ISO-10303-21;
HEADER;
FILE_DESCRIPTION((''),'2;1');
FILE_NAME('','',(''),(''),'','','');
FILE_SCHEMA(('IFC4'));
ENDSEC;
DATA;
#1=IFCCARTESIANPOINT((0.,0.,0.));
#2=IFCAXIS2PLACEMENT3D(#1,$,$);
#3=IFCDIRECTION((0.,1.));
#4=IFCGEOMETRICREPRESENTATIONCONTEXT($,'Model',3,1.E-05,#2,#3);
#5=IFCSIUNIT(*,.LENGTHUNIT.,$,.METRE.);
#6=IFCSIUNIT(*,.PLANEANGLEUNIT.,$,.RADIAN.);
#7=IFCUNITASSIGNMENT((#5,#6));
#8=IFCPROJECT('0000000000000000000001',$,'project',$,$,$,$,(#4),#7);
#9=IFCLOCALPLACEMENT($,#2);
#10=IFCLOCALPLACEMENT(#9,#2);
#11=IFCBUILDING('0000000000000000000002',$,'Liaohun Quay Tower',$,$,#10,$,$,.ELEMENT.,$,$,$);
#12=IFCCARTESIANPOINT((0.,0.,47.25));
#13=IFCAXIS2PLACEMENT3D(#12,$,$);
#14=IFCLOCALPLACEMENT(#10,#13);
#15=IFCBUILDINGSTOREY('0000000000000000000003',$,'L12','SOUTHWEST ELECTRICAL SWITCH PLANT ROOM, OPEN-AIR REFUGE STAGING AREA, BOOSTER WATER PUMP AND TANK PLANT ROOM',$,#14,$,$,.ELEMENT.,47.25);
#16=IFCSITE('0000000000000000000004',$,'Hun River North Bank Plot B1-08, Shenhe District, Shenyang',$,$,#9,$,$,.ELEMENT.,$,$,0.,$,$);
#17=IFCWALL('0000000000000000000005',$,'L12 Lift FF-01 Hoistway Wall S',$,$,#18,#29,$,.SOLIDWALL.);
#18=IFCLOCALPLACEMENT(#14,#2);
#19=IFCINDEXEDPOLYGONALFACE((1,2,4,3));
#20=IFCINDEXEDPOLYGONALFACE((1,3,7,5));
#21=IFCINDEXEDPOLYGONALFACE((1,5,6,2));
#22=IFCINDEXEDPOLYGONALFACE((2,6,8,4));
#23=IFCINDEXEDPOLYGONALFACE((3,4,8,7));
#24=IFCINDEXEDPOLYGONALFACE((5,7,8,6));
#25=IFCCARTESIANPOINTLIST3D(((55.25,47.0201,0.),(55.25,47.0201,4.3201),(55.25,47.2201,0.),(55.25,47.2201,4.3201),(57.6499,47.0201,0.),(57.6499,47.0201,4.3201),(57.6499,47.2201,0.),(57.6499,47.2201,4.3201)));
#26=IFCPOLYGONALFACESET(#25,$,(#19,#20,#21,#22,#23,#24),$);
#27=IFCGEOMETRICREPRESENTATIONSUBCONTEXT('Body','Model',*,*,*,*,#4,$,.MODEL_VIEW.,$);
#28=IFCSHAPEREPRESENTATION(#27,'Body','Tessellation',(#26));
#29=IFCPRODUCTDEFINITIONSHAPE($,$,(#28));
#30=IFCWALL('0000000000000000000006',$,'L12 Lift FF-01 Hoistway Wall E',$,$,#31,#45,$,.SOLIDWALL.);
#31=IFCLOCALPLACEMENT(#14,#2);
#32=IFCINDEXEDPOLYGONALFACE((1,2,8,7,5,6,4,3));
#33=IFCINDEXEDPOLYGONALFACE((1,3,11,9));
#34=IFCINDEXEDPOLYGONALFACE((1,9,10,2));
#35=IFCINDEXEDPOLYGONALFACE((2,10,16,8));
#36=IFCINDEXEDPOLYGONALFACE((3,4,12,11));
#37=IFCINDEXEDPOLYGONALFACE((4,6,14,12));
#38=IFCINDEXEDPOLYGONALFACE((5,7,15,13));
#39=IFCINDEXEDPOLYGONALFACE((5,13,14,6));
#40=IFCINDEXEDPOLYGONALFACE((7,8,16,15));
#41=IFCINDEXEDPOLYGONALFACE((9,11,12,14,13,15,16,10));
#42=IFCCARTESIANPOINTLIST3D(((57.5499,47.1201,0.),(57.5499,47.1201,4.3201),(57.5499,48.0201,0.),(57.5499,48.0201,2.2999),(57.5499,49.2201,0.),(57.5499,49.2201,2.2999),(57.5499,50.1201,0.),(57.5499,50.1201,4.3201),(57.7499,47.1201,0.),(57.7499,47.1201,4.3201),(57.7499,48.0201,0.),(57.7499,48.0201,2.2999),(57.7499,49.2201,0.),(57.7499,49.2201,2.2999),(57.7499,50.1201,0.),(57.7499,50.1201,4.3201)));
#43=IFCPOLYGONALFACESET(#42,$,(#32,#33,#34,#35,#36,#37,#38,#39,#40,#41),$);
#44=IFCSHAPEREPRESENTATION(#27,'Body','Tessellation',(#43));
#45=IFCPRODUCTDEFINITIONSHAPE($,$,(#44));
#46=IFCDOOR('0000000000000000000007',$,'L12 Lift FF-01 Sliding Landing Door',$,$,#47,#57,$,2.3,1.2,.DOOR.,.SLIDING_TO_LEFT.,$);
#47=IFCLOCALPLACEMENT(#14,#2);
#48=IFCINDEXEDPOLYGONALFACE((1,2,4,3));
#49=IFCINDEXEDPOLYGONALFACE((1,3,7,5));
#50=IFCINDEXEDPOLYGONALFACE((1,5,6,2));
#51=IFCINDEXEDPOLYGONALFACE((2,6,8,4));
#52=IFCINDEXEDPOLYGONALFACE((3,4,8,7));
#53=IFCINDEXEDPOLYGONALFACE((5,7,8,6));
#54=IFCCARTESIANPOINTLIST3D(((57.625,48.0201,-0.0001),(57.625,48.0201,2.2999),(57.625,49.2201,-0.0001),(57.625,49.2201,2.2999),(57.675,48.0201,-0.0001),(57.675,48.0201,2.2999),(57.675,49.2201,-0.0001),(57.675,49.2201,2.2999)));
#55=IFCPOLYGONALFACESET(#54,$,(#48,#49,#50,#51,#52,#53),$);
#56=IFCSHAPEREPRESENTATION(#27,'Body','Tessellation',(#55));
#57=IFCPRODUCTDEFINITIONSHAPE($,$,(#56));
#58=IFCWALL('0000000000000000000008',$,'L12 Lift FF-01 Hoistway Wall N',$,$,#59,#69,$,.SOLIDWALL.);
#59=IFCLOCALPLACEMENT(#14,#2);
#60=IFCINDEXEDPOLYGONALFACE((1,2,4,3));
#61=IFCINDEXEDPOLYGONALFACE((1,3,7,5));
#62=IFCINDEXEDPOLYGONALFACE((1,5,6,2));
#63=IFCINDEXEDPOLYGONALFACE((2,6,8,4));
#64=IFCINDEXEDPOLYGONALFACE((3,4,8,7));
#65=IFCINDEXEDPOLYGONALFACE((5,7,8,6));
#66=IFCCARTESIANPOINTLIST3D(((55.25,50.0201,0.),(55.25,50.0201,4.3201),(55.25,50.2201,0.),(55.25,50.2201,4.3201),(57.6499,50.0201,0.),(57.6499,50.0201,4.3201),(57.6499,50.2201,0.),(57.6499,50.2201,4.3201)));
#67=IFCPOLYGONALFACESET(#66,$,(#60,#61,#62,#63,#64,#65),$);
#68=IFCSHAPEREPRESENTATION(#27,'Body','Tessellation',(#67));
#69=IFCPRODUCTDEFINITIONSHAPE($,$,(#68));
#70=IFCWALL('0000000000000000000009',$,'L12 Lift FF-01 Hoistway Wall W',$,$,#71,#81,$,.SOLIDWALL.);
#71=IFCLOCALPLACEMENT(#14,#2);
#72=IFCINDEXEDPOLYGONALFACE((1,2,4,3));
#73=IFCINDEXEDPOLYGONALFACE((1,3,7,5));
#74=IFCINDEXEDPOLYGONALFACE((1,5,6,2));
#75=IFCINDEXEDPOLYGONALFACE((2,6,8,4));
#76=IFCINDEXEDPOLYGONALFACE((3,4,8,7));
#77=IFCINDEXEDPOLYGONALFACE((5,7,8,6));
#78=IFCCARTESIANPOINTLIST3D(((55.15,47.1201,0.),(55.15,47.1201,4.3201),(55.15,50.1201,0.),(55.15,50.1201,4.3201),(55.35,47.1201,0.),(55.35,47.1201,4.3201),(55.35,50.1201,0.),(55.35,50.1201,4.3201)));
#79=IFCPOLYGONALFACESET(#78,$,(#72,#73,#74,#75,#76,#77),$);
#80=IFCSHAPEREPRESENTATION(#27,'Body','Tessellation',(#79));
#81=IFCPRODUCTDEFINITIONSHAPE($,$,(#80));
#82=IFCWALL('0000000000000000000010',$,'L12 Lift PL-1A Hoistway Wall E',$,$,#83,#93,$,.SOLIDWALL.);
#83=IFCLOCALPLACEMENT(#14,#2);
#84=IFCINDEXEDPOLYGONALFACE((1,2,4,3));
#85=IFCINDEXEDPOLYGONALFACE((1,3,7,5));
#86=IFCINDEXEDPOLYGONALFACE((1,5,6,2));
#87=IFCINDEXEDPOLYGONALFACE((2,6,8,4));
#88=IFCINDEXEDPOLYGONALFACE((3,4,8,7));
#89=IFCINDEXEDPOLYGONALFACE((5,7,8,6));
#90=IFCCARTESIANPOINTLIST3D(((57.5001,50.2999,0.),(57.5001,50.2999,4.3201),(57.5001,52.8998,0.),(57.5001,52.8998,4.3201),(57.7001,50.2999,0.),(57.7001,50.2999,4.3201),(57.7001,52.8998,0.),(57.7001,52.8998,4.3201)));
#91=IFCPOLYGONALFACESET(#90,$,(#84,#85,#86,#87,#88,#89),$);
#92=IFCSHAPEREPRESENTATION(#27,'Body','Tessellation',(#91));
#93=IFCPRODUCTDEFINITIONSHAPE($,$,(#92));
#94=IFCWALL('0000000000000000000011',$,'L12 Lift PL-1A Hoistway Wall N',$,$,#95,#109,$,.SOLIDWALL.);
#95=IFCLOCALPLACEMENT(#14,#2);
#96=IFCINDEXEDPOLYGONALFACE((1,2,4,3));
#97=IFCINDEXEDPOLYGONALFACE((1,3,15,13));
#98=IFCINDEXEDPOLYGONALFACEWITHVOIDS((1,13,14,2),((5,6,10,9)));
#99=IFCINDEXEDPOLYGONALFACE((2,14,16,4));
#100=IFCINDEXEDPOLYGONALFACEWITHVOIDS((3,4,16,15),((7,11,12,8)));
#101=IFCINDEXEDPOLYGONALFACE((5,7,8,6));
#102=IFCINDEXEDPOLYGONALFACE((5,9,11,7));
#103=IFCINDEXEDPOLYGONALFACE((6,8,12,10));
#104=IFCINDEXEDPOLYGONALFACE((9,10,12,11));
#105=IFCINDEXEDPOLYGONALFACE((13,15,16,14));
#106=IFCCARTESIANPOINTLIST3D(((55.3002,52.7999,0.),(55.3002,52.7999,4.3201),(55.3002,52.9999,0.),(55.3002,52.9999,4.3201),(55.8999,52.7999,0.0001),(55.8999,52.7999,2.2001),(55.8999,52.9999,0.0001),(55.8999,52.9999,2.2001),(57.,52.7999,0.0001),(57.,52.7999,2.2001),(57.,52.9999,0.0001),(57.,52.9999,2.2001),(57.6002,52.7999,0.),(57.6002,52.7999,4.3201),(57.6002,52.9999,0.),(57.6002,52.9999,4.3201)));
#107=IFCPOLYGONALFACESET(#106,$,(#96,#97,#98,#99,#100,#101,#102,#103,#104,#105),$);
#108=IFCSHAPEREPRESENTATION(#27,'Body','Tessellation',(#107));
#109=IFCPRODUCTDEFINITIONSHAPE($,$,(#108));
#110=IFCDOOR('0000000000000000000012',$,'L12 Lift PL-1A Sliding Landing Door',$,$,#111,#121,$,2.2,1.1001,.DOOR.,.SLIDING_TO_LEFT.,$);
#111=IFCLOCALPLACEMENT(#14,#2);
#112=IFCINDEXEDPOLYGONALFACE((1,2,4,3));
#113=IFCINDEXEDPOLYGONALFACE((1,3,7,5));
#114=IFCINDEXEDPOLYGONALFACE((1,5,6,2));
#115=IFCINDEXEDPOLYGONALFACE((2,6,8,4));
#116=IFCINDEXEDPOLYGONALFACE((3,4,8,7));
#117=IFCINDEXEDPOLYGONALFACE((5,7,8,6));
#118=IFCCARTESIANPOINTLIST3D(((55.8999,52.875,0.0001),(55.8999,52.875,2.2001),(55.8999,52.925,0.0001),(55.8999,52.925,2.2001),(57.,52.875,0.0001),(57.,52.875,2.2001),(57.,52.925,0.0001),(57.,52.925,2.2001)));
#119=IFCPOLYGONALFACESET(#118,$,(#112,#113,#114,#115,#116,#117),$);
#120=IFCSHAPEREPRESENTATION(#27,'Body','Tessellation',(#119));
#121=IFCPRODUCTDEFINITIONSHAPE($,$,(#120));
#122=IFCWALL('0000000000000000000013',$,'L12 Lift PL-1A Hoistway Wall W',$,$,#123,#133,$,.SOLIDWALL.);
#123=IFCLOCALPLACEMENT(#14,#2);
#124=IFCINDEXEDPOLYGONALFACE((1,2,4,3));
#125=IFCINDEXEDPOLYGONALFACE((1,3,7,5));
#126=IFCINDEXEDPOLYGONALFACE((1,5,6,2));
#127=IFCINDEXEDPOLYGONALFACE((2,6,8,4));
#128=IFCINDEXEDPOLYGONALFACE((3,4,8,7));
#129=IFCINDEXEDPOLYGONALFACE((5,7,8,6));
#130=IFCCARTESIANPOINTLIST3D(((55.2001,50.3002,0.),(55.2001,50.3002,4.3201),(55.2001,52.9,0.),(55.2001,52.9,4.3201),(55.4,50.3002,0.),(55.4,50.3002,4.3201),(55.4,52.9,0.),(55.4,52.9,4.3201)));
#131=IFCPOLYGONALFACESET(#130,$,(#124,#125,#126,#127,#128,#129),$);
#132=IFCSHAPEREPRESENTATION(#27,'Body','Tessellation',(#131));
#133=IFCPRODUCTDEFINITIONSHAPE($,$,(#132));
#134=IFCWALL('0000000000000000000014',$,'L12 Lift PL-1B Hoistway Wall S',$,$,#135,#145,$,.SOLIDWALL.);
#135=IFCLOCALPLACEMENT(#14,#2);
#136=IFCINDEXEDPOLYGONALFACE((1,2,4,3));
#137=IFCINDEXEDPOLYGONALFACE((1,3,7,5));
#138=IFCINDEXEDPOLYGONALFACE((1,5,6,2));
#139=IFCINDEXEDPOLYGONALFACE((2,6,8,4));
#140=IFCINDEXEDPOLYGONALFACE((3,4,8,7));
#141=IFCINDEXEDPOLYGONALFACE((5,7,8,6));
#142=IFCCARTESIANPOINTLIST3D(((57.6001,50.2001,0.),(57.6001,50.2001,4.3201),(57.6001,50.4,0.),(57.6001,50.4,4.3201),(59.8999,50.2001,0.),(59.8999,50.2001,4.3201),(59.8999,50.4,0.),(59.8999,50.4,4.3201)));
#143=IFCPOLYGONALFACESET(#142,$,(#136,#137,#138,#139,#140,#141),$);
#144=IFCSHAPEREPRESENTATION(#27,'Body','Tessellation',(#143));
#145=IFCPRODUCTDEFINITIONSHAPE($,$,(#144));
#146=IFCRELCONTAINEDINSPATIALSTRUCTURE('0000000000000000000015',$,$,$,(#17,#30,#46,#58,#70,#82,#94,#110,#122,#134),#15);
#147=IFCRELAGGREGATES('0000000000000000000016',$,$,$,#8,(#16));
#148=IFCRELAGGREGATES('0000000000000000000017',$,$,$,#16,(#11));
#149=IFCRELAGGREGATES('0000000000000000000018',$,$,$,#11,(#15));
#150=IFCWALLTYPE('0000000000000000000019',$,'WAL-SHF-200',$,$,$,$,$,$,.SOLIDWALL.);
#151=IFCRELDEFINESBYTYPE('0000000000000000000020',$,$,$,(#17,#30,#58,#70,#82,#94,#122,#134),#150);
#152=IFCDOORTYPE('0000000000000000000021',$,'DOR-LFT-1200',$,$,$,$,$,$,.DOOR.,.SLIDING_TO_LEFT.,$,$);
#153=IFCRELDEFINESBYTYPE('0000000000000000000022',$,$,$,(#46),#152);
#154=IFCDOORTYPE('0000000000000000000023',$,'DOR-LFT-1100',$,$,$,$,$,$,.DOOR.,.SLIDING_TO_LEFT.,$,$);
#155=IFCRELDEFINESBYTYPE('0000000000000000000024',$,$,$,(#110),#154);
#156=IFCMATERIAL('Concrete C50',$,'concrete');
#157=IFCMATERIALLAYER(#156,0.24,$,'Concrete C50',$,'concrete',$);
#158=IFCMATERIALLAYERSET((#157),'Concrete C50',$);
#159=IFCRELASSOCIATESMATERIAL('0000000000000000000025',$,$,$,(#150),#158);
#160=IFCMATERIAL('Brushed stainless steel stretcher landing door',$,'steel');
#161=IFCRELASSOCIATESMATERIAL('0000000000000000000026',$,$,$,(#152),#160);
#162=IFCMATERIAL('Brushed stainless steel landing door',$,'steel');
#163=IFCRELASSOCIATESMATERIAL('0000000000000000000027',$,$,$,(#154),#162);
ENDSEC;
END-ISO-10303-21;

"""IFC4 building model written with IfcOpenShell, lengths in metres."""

from ifc_helpers import new_model, si_unit, direction, frame, frame_2d, origin, place, context, subcontext, project, spatial, rectangle, extrude, source, transform, mapped, material, layer, layer_set, type_object, element, fill, save


model = new_model("IFC4")

# Units and contexts
model_context = context("Model", 3, precision=1e-05, world=origin(), true_north=direction((0.0, 1.0)))
body_context = subcontext(model_context, "Body", "Model", "MODEL_VIEW")
ifc_project = project(units=[si_unit("LENGTHUNIT", "METRE"), si_unit("PLANEANGLEUNIT", "RADIAN")], contexts=[model_context])

# Site, building, storey
site_placement = place(None, origin())
site = spatial("IfcSite", under=ifc_project, at=site_placement, Name="Hun River North Bank Plot B1-08, Shenhe District, Shenyang", CompositionType="ELEMENT", RefElevation=0.0)
building_placement = place(site_placement, origin())
building = spatial("IfcBuilding", under=site, at=building_placement, Name="Liaohun Quay Tower", CompositionType="ELEMENT")
storey_placement = place(building_placement, frame((0.0, 0.0, 47.25)))
storey = spatial("IfcBuildingStorey", under=building, at=storey_placement, Name="L12", Description="SOUTHWEST ELECTRICAL SWITCH PLANT ROOM, OPEN-AIR REFUGE STAGING AREA, BOOSTER WATER PUMP AND TANK PLANT ROOM", CompositionType="ELEMENT", Elevation=47.25)

# Wall
ifc_material_1 = material(Name="Concrete C50", Category="concrete")
ifc_layer_1 = layer(ifc_material_1, 0.24, Name="Concrete C50", Category="concrete")
ifc_layer_set_1 = layer_set([ifc_layer_1], Name="Concrete C50")
wall_type_1 = type_object("IfcWallType", Name="WAL-SHF-200", PredefinedType="SOLIDWALL", material=ifc_layer_set_1)
wall_1_placement = place(storey_placement, frame((55.25, 47.1201, 0.0), z_axis=(0.0, 0.0, 1.0), x_axis=(1.0, 0.0, 0.0)))
element("IfcWall", 1, at=wall_1_placement, inside=storey, type_object=wall_type_1, Name="L12 Lift FF-01 Hoistway Wall S", PredefinedType="SOLIDWALL", context=body_context, shape_type="SweptSolid", body=[
    extrude(rectangle(XDim=2.3999, YDim=0.2, at=frame_2d((1.2, 0.0))), origin(), (0.0, 0.0, 1.0), 4.3201),
])

# Wall, opening, door
wall_2_placement = place(storey_placement, frame((57.6499, 47.1201, 0.0), z_axis=(0.0, 0.0, 1.0), x_axis=(0.0, 1.0, 0.0)))
wall_2 = element("IfcWall", 2, at=wall_2_placement, inside=storey, type_object=wall_type_1, Name="L12 Lift FF-01 Hoistway Wall E", PredefinedType="SOLIDWALL", context=body_context, shape_type="SweptSolid", body=[
    extrude(rectangle(XDim=3.0, YDim=0.2, at=frame_2d((1.5, 0.0))), origin(), (0.0, 0.0, 1.0), 4.3201),
])
shared_shape_1 = source(origin(), body_context, "Body", "SweptSolid", [
    extrude(rectangle(XDim=1.2, YDim=2.3, at=frame_2d((0.6001, 1.1499))), frame((0.0, 0.1099, 0.0), z_axis=(0.0, -1.0, 0.0), x_axis=(1.0, 0.0, 0.0)), (0.0, 0.0, 1.0), 0.22),
])
opening_1_placement = place(wall_2_placement, frame((0.8999, 0.0, 0.0)))
opening_1 = element("IfcOpeningElement", 3, at=opening_1_placement, cuts=wall_2, PredefinedType="OPENING", context=body_context, shape_type="MappedRepresentation", body=[
    mapped(shared_shape_1, transform((0.0, 0.0, 0.0), x_axis=(1.0, 0.0, 0.0), y_axis=(0.0, 1.0, 0.0), z_axis=(0.0, 0.0, 1.0), scale=1.0)),
])
ifc_material_2 = material(Name="Brushed stainless steel stretcher landing door", Category="steel")
door_type_1 = type_object("IfcDoorType", Name="DOR-LFT-1200", OperationType="SLIDING_TO_LEFT", PredefinedType="DOOR", material=ifc_material_2)
shared_shape_2 = source(origin(), body_context, "Body", "SweptSolid", [
    extrude(rectangle(XDim=1.2, YDim=2.3, at=frame_2d((0.6001, 1.1499))), frame((0.0, 0.0249, 0.0), z_axis=(0.0, -1.0, 0.0), x_axis=(1.0, 0.0, 0.0)), (0.0, 0.0, 1.0), 0.05),
])
door_1_placement = place(opening_1_placement, origin())
door_1 = element("IfcDoor", 4, at=door_1_placement, inside=storey, type_object=door_type_1, Name="L12 Lift FF-01 Sliding Landing Door", OperationType="SLIDING_TO_LEFT", OverallHeight=2.3, OverallWidth=1.2, PredefinedType="DOOR", context=body_context, shape_type="MappedRepresentation", body=[
    mapped(shared_shape_2, transform((0.0, 0.0, 0.0), x_axis=(1.0, 0.0, 0.0), y_axis=(0.0, 1.0, 0.0), z_axis=(0.0, 0.0, 1.0), scale=1.0)),
])
fill(opening_1, door_1)

# Walls
wall_3_placement = place(storey_placement, frame((57.6499, 50.1201, 0.0), z_axis=(0.0, 0.0, 1.0), x_axis=(-1.0, 0.0, 0.0)))
element("IfcWall", 5, at=wall_3_placement, inside=storey, type_object=wall_type_1, Name="L12 Lift FF-01 Hoistway Wall N", PredefinedType="SOLIDWALL", context=body_context, shape_type="SweptSolid", body=[
    extrude(rectangle(XDim=2.3999, YDim=0.2, at=frame_2d((1.2, 0.0))), origin(), (0.0, 0.0, 1.0), 4.3201),
])
wall_4_placement = place(storey_placement, frame((55.25, 50.1201, 0.0), z_axis=(0.0, 0.0, 1.0), x_axis=(0.0, -1.0, 0.0)))
element("IfcWall", 6, at=wall_4_placement, inside=storey, type_object=wall_type_1, Name="L12 Lift FF-01 Hoistway Wall W", PredefinedType="SOLIDWALL", context=body_context, shape_type="SweptSolid", body=[
    extrude(rectangle(XDim=3.0, YDim=0.2, at=frame_2d((1.5, 0.0))), origin(), (0.0, 0.0, 1.0), 4.3201),
])
wall_5_placement = place(storey_placement, frame((57.6001, 50.3, 0.0), z_axis=(0.0, 0.0, 1.0), x_axis=(0.0, 1.0, 0.0)))
element("IfcWall", 7, at=wall_5_placement, inside=storey, type_object=wall_type_1, Name="L12 Lift PL-1A Hoistway Wall E", PredefinedType="SOLIDWALL", context=body_context, shape_type="SweptSolid", body=[
    extrude(rectangle(XDim=2.5999, YDim=0.2, at=frame_2d((1.2998, 0.0))), origin(), (0.0, 0.0, 1.0), 4.3201),
])

# Wall, opening, door
wall_6_placement = place(storey_placement, frame((57.6001, 52.8999, 0.0), z_axis=(0.0, 0.0, 1.0), x_axis=(-1.0, 0.0, 0.0)))
wall_6 = element("IfcWall", 8, at=wall_6_placement, inside=storey, type_object=wall_type_1, Name="L12 Lift PL-1A Hoistway Wall N", PredefinedType="SOLIDWALL", context=body_context, shape_type="SweptSolid", body=[
    extrude(rectangle(XDim=2.3, YDim=0.2, at=frame_2d((1.1499, 0.0))), origin(), (0.0, 0.0, 1.0), 4.3201),
])
shared_shape_3 = source(origin(), body_context, "Body", "SweptSolid", [
    extrude(rectangle(XDim=1.1001, YDim=2.2, at=frame_2d((0.55, 1.1001))), frame((0.0, 0.1099, 0.0), z_axis=(0.0, -1.0, 0.0), x_axis=(1.0, 0.0, 0.0)), (0.0, 0.0, 1.0), 0.22),
])
opening_2_placement = place(wall_6_placement, frame((0.6001, 0.0, 0.0)))
opening_2 = element("IfcOpeningElement", 9, at=opening_2_placement, cuts=wall_6, PredefinedType="OPENING", context=body_context, shape_type="MappedRepresentation", body=[
    mapped(shared_shape_3, transform((0.0, 0.0, 0.0), x_axis=(1.0, 0.0, 0.0), y_axis=(0.0, 1.0, 0.0), z_axis=(0.0, 0.0, 1.0), scale=1.0)),
])
ifc_material_3 = material(Name="Brushed stainless steel landing door", Category="steel")
door_type_2 = type_object("IfcDoorType", Name="DOR-LFT-1100", OperationType="SLIDING_TO_LEFT", PredefinedType="DOOR", material=ifc_material_3)
shared_shape_4 = source(origin(), body_context, "Body", "SweptSolid", [
    extrude(rectangle(XDim=1.1001, YDim=2.2, at=frame_2d((0.55, 1.1001))), frame((0.0, 0.0249, 0.0), z_axis=(0.0, -1.0, 0.0), x_axis=(1.0, 0.0, 0.0)), (0.0, 0.0, 1.0), 0.05),
])
door_2_placement = place(opening_2_placement, origin())
door_2 = element("IfcDoor", 10, at=door_2_placement, inside=storey, type_object=door_type_2, Name="L12 Lift PL-1A Sliding Landing Door", OperationType="SLIDING_TO_LEFT", OverallHeight=2.2, OverallWidth=1.1001, PredefinedType="DOOR", context=body_context, shape_type="MappedRepresentation", body=[
    mapped(shared_shape_4, transform((0.0, 0.0, 0.0), x_axis=(1.0, 0.0, 0.0), y_axis=(0.0, 1.0, 0.0), z_axis=(0.0, 0.0, 1.0), scale=1.0)),
])
fill(opening_2, door_2)

# Walls
wall_7_placement = place(storey_placement, frame((55.3, 52.8999, 0.0), z_axis=(0.0, 0.0, 1.0), x_axis=(0.0, -1.0, 0.0)))
element("IfcWall", 11, at=wall_7_placement, inside=storey, type_object=wall_type_1, Name="L12 Lift PL-1A Hoistway Wall W", PredefinedType="SOLIDWALL", context=body_context, shape_type="SweptSolid", body=[
    extrude(rectangle(XDim=2.5999, YDim=0.2, at=frame_2d((1.2998, 0.0))), origin(), (0.0, 0.0, 1.0), 4.3201),
])
wall_8_placement = place(storey_placement, frame((57.6001, 50.3, 0.0), z_axis=(0.0, 0.0, 1.0), x_axis=(1.0, 0.0, 0.0)))
element("IfcWall", 12, at=wall_8_placement, inside=storey, type_object=wall_type_1, Name="L12 Lift PL-1B Hoistway Wall S", PredefinedType="SOLIDWALL", context=body_context, shape_type="SweptSolid", body=[
    extrude(rectangle(XDim=2.2998, YDim=0.2, at=frame_2d((1.1499, 0.0))), origin(), (0.0, 0.0, 1.0), 4.3201),
])

save(model, "model.ifc")
